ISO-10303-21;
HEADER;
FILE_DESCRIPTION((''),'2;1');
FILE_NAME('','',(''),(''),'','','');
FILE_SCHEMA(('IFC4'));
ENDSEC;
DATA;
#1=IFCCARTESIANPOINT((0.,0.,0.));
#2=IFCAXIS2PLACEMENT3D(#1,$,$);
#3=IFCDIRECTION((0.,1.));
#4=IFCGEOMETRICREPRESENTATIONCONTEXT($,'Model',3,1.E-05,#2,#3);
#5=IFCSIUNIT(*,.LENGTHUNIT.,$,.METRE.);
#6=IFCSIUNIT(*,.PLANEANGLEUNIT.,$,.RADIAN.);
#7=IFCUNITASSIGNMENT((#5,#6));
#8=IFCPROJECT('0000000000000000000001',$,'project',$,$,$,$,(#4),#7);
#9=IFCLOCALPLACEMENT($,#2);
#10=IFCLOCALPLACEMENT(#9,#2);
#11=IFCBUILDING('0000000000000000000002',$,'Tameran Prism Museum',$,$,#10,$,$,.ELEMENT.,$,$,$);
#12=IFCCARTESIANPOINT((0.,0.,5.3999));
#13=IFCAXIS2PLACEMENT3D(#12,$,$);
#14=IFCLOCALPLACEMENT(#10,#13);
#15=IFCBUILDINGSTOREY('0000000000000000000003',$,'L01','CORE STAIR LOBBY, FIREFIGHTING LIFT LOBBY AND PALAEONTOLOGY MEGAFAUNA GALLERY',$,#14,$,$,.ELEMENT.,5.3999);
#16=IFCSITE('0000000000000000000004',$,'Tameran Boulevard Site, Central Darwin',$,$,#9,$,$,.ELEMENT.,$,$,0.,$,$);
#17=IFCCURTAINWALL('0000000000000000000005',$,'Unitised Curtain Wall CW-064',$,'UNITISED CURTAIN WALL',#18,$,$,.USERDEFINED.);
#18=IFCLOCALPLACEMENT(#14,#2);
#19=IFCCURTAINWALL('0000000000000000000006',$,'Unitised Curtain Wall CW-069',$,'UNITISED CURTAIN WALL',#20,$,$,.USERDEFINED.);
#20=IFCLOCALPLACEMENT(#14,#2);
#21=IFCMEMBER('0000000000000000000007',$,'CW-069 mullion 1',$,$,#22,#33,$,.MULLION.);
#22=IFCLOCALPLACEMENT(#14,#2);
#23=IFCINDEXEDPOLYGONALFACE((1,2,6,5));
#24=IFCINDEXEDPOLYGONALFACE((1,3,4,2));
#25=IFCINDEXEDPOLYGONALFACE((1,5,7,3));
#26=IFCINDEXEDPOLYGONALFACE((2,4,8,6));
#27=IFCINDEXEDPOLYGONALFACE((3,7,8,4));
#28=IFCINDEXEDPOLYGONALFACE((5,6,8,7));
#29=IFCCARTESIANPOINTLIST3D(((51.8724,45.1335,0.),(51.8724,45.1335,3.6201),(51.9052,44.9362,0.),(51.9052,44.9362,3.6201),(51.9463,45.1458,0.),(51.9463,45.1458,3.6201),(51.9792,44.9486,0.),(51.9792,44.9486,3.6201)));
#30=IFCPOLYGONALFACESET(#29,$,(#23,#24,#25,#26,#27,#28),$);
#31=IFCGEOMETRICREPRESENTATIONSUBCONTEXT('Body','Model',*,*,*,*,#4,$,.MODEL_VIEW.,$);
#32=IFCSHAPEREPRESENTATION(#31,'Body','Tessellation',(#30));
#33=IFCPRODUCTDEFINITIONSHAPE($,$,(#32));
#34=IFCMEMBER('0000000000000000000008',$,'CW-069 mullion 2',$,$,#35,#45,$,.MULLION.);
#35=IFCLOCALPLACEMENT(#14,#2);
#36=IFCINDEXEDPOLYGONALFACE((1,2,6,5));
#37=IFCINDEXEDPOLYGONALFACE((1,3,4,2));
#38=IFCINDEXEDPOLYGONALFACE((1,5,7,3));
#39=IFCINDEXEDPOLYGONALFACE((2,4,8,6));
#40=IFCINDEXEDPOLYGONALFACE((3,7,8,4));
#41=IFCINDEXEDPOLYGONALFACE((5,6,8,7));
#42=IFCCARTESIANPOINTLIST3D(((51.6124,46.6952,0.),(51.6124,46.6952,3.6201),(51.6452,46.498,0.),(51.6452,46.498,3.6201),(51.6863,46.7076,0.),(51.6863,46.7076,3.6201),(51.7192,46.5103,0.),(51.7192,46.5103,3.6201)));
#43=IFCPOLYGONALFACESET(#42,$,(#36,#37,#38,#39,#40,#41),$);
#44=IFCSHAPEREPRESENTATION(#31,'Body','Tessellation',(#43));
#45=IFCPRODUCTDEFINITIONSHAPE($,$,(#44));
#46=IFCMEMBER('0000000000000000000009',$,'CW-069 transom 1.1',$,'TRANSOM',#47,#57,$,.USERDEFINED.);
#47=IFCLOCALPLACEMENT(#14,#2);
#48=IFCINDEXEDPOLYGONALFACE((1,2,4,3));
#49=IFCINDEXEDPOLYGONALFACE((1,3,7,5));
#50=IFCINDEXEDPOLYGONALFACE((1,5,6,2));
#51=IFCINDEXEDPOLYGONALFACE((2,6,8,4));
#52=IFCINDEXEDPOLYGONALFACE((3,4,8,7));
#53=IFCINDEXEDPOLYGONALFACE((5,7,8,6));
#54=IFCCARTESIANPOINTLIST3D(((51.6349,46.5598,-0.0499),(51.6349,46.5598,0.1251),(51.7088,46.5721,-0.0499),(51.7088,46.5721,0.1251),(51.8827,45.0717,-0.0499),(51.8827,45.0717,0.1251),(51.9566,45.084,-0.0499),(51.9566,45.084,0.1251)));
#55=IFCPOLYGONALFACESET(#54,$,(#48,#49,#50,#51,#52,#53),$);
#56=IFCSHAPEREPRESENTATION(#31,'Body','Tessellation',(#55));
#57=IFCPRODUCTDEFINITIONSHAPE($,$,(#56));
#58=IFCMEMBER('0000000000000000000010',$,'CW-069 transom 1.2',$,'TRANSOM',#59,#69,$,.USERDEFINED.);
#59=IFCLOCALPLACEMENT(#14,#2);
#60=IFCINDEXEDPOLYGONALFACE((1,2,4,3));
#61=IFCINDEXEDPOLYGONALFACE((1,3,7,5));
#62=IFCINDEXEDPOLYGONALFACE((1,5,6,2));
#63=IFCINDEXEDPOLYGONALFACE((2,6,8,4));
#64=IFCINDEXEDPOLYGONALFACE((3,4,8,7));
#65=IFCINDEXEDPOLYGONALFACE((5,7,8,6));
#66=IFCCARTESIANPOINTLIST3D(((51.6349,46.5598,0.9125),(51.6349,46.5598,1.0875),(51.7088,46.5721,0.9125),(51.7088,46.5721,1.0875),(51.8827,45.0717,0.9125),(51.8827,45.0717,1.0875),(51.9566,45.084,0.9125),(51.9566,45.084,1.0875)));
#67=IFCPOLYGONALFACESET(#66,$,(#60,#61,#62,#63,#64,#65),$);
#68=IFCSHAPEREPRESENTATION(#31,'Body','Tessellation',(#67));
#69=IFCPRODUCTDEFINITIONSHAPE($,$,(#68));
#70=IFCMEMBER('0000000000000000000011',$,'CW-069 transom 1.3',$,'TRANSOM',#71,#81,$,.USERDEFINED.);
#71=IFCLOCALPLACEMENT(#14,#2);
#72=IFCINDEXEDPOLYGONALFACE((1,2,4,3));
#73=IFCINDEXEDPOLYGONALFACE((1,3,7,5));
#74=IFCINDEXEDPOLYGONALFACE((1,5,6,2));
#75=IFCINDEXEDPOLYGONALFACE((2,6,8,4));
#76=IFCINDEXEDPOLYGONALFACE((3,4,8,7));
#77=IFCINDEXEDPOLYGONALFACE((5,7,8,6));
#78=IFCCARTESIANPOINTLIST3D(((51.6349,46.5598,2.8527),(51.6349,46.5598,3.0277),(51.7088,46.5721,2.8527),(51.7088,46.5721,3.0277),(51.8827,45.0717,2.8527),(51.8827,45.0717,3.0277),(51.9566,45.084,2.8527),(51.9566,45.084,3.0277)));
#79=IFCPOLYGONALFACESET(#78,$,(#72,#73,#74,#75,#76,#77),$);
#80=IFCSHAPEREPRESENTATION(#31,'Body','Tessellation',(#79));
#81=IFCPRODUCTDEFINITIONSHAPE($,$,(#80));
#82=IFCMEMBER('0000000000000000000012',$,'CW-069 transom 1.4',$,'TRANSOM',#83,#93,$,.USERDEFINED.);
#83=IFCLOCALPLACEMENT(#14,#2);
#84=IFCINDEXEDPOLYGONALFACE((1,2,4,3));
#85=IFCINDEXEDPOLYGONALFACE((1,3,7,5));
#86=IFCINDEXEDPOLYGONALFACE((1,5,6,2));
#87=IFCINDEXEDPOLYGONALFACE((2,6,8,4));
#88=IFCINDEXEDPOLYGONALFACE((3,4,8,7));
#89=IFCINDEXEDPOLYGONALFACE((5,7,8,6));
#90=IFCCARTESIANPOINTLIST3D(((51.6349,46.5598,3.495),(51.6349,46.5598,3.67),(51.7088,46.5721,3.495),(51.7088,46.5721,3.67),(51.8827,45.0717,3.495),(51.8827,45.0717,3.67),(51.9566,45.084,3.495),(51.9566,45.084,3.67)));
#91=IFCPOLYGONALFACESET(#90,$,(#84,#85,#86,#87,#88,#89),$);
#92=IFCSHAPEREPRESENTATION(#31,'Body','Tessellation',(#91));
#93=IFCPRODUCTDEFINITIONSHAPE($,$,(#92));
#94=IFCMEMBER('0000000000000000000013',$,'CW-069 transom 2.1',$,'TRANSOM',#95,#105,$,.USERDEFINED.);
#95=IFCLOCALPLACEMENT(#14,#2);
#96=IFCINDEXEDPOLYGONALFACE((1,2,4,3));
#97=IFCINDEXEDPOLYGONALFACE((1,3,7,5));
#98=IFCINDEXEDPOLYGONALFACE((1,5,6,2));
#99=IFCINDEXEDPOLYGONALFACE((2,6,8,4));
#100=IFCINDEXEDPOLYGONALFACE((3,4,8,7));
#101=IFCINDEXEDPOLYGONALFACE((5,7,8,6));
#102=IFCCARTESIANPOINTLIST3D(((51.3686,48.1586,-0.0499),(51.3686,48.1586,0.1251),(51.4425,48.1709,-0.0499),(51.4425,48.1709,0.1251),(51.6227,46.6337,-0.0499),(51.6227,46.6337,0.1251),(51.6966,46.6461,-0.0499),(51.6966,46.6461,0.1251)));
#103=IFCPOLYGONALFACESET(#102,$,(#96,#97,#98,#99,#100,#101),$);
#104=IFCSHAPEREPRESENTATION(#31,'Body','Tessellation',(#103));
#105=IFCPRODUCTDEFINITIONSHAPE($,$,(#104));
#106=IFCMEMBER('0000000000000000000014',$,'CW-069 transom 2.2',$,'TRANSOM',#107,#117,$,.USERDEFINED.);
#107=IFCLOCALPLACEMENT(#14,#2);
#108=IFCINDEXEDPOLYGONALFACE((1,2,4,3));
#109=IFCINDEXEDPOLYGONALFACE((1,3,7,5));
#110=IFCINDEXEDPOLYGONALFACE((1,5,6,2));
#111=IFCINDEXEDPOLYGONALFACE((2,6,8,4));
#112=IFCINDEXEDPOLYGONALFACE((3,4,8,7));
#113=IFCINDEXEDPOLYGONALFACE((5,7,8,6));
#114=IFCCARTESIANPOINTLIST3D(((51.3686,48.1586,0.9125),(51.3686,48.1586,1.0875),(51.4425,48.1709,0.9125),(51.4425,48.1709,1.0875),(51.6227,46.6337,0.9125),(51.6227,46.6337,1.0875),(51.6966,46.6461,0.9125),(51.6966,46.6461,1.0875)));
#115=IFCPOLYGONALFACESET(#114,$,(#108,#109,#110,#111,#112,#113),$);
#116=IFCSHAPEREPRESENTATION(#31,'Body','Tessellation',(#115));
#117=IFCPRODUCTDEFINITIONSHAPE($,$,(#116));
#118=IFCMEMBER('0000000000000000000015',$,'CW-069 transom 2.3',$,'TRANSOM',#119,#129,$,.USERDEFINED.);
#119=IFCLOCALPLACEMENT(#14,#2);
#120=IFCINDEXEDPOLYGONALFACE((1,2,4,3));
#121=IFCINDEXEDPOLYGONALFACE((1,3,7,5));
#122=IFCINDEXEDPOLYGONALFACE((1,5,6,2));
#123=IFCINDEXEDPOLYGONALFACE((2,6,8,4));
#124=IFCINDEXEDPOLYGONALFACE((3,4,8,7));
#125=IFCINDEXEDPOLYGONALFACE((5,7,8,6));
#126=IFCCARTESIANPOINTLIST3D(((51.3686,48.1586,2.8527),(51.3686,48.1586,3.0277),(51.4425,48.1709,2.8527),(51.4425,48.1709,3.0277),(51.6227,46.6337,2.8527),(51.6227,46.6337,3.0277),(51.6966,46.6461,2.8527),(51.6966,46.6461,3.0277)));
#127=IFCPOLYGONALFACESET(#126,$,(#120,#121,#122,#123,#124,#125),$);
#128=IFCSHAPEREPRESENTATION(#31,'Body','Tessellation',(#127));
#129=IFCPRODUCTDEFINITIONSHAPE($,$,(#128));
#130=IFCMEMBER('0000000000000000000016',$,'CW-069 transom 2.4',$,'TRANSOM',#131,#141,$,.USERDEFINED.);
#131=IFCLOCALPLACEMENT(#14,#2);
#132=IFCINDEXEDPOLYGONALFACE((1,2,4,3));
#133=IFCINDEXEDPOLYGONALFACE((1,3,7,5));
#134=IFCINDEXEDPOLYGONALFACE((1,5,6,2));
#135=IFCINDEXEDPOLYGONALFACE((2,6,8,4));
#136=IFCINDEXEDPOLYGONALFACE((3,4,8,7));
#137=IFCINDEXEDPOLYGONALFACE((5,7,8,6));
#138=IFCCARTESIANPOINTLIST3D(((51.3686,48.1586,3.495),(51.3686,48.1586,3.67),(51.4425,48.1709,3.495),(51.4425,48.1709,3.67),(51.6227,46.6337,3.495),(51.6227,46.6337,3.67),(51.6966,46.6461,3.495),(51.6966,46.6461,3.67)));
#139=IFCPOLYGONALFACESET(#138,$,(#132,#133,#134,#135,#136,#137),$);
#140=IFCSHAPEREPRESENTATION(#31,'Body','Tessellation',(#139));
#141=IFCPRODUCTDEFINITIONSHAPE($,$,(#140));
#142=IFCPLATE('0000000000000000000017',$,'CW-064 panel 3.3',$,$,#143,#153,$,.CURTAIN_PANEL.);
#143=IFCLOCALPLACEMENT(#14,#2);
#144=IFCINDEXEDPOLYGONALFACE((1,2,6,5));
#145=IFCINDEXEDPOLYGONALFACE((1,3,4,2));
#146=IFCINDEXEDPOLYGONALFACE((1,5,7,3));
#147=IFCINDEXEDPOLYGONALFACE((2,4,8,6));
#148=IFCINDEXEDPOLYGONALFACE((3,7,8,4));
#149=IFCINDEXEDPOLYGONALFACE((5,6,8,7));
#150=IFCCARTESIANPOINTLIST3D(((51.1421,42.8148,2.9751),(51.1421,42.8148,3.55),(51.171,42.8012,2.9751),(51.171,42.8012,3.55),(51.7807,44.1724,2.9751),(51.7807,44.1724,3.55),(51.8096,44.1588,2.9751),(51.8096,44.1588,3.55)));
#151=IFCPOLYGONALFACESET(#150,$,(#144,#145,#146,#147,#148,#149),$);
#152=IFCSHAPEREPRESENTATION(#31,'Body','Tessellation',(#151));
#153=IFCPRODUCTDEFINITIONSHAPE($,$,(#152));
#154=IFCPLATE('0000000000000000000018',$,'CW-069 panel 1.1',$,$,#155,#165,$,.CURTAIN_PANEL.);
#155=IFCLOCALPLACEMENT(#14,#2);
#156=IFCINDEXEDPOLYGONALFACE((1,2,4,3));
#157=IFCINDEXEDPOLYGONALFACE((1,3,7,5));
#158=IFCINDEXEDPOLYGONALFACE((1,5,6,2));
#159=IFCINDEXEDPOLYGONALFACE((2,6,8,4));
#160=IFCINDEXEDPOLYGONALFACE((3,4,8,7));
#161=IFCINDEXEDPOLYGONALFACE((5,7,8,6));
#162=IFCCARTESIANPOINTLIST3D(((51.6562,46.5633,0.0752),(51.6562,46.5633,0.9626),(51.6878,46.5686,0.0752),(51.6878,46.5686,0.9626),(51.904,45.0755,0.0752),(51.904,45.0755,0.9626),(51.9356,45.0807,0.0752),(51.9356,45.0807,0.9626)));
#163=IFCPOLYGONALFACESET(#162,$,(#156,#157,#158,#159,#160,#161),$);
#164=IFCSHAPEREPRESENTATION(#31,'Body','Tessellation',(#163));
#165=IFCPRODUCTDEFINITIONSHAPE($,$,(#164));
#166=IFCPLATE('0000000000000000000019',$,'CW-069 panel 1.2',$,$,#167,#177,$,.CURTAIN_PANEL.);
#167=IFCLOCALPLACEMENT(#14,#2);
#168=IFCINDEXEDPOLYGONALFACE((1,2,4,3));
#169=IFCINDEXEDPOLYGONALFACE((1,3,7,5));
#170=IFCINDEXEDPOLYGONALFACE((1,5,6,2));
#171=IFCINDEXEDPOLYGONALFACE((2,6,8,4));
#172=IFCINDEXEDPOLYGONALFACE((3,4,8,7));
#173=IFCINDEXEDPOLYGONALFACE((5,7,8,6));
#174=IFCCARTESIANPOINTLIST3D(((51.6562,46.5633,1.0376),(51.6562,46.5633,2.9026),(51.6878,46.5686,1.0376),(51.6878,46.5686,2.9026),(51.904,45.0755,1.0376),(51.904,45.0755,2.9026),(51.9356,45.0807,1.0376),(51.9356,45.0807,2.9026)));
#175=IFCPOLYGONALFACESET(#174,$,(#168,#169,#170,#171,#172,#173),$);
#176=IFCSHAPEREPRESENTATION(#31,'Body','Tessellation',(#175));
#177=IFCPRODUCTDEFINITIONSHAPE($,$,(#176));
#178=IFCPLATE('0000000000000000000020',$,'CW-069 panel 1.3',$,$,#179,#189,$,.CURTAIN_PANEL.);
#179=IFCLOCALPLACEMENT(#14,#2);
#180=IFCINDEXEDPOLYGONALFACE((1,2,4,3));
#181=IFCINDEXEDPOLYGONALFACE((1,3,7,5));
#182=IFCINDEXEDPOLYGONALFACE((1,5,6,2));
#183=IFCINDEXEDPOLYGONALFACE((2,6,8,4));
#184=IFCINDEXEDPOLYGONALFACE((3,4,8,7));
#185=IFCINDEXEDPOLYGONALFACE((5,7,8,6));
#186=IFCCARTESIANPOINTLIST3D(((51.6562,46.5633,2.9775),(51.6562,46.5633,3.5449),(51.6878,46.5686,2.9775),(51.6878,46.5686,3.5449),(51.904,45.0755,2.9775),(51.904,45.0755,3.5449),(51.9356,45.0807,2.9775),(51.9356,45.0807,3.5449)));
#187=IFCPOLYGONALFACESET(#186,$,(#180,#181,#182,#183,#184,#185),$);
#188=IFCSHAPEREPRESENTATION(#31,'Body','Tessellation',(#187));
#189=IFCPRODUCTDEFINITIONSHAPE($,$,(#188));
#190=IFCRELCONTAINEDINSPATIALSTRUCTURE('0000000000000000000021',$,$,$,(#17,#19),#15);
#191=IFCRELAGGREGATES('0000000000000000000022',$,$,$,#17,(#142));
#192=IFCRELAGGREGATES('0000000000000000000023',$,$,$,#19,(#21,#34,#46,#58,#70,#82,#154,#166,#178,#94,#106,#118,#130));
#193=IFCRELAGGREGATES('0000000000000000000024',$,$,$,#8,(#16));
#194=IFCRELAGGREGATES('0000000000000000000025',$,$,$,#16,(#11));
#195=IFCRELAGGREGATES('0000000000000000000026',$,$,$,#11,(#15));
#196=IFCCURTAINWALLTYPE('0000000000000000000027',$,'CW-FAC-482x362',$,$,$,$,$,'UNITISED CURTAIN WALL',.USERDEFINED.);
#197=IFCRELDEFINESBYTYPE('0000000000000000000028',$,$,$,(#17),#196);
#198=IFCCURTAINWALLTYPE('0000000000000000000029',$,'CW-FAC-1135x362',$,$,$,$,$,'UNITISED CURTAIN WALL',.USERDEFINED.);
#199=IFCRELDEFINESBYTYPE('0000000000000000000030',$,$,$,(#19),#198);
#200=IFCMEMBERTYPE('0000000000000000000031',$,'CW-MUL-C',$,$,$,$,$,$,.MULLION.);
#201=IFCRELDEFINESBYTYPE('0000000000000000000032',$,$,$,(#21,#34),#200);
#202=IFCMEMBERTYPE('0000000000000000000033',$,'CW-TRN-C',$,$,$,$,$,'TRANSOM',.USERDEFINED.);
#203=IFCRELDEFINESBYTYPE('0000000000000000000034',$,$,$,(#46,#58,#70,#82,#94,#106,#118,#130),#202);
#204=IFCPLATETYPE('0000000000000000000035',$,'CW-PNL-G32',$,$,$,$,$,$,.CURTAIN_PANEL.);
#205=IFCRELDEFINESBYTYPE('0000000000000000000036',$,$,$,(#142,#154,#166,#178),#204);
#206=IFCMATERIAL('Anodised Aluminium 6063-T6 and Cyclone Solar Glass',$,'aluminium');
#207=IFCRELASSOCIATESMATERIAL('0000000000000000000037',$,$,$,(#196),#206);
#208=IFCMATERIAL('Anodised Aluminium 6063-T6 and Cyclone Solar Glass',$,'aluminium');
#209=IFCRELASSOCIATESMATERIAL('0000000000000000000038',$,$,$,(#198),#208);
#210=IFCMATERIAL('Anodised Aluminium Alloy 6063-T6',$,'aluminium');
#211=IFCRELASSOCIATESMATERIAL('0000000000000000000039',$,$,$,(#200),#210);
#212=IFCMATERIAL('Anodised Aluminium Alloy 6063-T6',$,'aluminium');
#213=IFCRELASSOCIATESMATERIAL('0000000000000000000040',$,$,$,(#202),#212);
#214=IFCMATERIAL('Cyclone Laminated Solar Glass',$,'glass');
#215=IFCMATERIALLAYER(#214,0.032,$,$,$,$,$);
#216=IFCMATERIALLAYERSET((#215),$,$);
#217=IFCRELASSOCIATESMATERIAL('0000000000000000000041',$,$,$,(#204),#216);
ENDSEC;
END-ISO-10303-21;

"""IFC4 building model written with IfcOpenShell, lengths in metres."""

from ifc_helpers import new_model, si_unit, direction, frame, origin, origin_2d, place, context, subcontext, project, spatial, rectangle, extrude, material, layer, layer_set, material_profile, profile_set, type_object, element, aggregate, save


model = new_model("IFC4")

# Units and contexts
model_context = context("Model", 3, precision=1e-05, world=origin(), true_north=direction((0.0, 1.0)))
body_context = subcontext(model_context, "Body", "Model", "MODEL_VIEW")
ifc_project = project(units=[si_unit("LENGTHUNIT", "METRE"), si_unit("PLANEANGLEUNIT", "RADIAN")], contexts=[model_context])

# Site, building, storey
site_placement = place(None, origin())
site = spatial("IfcSite", under=ifc_project, at=site_placement, Name="Tameran Boulevard Site, Central Darwin", CompositionType="ELEMENT", RefElevation=0.0)
building_placement = place(site_placement, origin())
building = spatial("IfcBuilding", under=site, at=building_placement, Name="Tameran Prism Museum", CompositionType="ELEMENT")
storey_placement = place(building_placement, frame((0.0, 0.0, 5.3999)))
storey = spatial("IfcBuildingStorey", under=building, at=storey_placement, Name="L01", Description="CORE STAIR LOBBY, FIREFIGHTING LIFT LOBBY AND PALAEONTOLOGY MEGAFAUNA GALLERY", CompositionType="ELEMENT", Elevation=5.3999)

# Curtain wall
ifc_material_1 = material(Name="Anodised Aluminium 6063-T6 and Cyclone Solar Glass", Category="aluminium")
curtain_wall_type_1 = type_object("IfcCurtainWallType", Name="CW-FAC-482x362", ElementType="UNITISED CURTAIN WALL", PredefinedType="USERDEFINED", material=ifc_material_1)
curtain_wall_1_placement = place(storey_placement, origin())
curtain_wall_1 = element("IfcCurtainWall", 1, at=curtain_wall_1_placement, inside=storey, type_object=curtain_wall_type_1, Name="Unitised Curtain Wall CW-064", ObjectType="UNITISED CURTAIN WALL", PredefinedType="USERDEFINED")

# Curtain wall, members
ifc_material_2 = material(Name="Anodised Aluminium 6063-T6 and Cyclone Solar Glass", Category="aluminium")
curtain_wall_type_2 = type_object("IfcCurtainWallType", Name="CW-FAC-1135x362", ElementType="UNITISED CURTAIN WALL", PredefinedType="USERDEFINED", material=ifc_material_2)
curtain_wall_2_placement = place(storey_placement, origin())
curtain_wall_2 = element("IfcCurtainWall", 2, at=curtain_wall_2_placement, inside=storey, type_object=curtain_wall_type_2, Name="Unitised Curtain Wall CW-069", ObjectType="UNITISED CURTAIN WALL", PredefinedType="USERDEFINED")
ifc_material_3 = material(Name="Anodised Aluminium Alloy 6063-T6", Category="aluminium")
ifc_material_profile_1 = material_profile(ifc_material_3, rectangle(XDim=0.075, YDim=0.2, at=origin_2d()))
ifc_profile_set_1 = profile_set([ifc_material_profile_1])
member_type_1 = type_object("IfcMemberType", Name="CW-MUL-C", PredefinedType="MULLION", material=ifc_profile_set_1)
member_1_placement = place(storey_placement, frame((51.9258, 45.041, 0.0), z_axis=(0.0, 0.0, 1.0), x_axis=(-0.986413, -0.164285, 0.0)))
member_1 = element("IfcMember", 3, at=member_1_placement, type_object=member_type_1, Name="CW-069 mullion 1", PredefinedType="MULLION", context=body_context, shape_type="SweptSolid", body=[
    extrude(rectangle(XDim=0.075, YDim=0.2, at=origin_2d()), origin(), (0.0, 0.0, 1.0), 3.6201),
])
member_2_placement = place(storey_placement, frame((51.6658, 46.6028, 0.0), z_axis=(0.0, 0.0, 1.0), x_axis=(-0.986413, -0.164285, 0.0)))
member_2 = element("IfcMember", 4, at=member_2_placement, type_object=member_type_1, Name="CW-069 mullion 2", PredefinedType="MULLION", context=body_context, shape_type="SweptSolid", body=[
    extrude(rectangle(XDim=0.075, YDim=0.2, at=origin_2d()), origin(), (0.0, 0.0, 1.0), 3.6201),
])
ifc_material_4 = material(Name="Anodised Aluminium Alloy 6063-T6", Category="aluminium")
ifc_material_profile_2 = material_profile(ifc_material_4, rectangle(XDim=0.075, YDim=0.175, at=origin_2d()))
ifc_profile_set_2 = profile_set([ifc_material_profile_2])
member_type_2 = type_object("IfcMemberType", Name="CW-TRN-C", ElementType="TRANSOM", PredefinedType="USERDEFINED", material=ifc_profile_set_2)
member_3_placement = place(storey_placement, frame((51.9197, 45.0779, 0.0376), z_axis=(-0.164268, 0.986416, 0.0), x_axis=(-0.986416, -0.164268, 0.0)))
member_3 = element("IfcMember", 5, at=member_3_placement, type_object=member_type_2, Name="CW-069 transom 1.1", ObjectType="TRANSOM", PredefinedType="USERDEFINED", context=body_context, shape_type="SweptSolid", body=[
    extrude(rectangle(XDim=0.075, YDim=0.175, at=origin_2d()), origin(), (0.0, 0.0, 1.0), 1.5085),
])
member_4_placement = place(storey_placement, frame((51.9197, 45.0779, 1.0), z_axis=(-0.164268, 0.986416, 0.0), x_axis=(-0.986416, -0.164268, 0.0)))
member_4 = element("IfcMember", 6, at=member_4_placement, type_object=member_type_2, Name="CW-069 transom 1.2", ObjectType="TRANSOM", PredefinedType="USERDEFINED", context=body_context, shape_type="SweptSolid", body=[
    extrude(rectangle(XDim=0.075, YDim=0.175, at=origin_2d()), origin(), (0.0, 0.0, 1.0), 1.5085),
])
member_5_placement = place(storey_placement, frame((51.9197, 45.0779, 2.9402), z_axis=(-0.164268, 0.986416, 0.0), x_axis=(-0.986416, -0.164268, 0.0)))
member_5 = element("IfcMember", 7, at=member_5_placement, type_object=member_type_2, Name="CW-069 transom 1.3", ObjectType="TRANSOM", PredefinedType="USERDEFINED", context=body_context, shape_type="SweptSolid", body=[
    extrude(rectangle(XDim=0.075, YDim=0.175, at=origin_2d()), origin(), (0.0, 0.0, 1.0), 1.5085),
])
member_6_placement = place(storey_placement, frame((51.9197, 45.0779, 3.5825), z_axis=(-0.164268, 0.986416, 0.0), x_axis=(-0.986416, -0.164268, 0.0)))
member_6 = element("IfcMember", 8, at=member_6_placement, type_object=member_type_2, Name="CW-069 transom 1.4", ObjectType="TRANSOM", PredefinedType="USERDEFINED", context=body_context, shape_type="SweptSolid", body=[
    extrude(rectangle(XDim=0.075, YDim=0.175, at=origin_2d()), origin(), (0.0, 0.0, 1.0), 1.5085),
])
member_7_placement = place(storey_placement, frame((51.6597, 46.6399, 0.0376), z_axis=(-0.164399, 0.986394, 0.0), x_axis=(-0.986394, -0.164399, 0.0)))
member_7 = element("IfcMember", 9, at=member_7_placement, type_object=member_type_2, Name="CW-069 transom 2.1", ObjectType="TRANSOM", PredefinedType="USERDEFINED", context=body_context, shape_type="SweptSolid", body=[
    extrude(rectangle(XDim=0.075, YDim=0.175, at=origin_2d()), origin(), (0.0, 0.0, 1.0), 1.5459),
])
member_8_placement = place(storey_placement, frame((51.6597, 46.6399, 1.0), z_axis=(-0.164399, 0.986394, 0.0), x_axis=(-0.986394, -0.164399, 0.0)))
member_8 = element("IfcMember", 10, at=member_8_placement, type_object=member_type_2, Name="CW-069 transom 2.2", ObjectType="TRANSOM", PredefinedType="USERDEFINED", context=body_context, shape_type="SweptSolid", body=[
    extrude(rectangle(XDim=0.075, YDim=0.175, at=origin_2d()), origin(), (0.0, 0.0, 1.0), 1.5459),
])
member_9_placement = place(storey_placement, frame((51.6597, 46.6399, 2.9402), z_axis=(-0.164399, 0.986394, 0.0), x_axis=(-0.986394, -0.164399, 0.0)))
member_9 = element("IfcMember", 11, at=member_9_placement, type_object=member_type_2, Name="CW-069 transom 2.3", ObjectType="TRANSOM", PredefinedType="USERDEFINED", context=body_context, shape_type="SweptSolid", body=[
    extrude(rectangle(XDim=0.075, YDim=0.175, at=origin_2d()), origin(), (0.0, 0.0, 1.0), 1.5459),
])
member_10_placement = place(storey_placement, frame((51.6597, 46.6399, 3.5825), z_axis=(-0.164399, 0.986394, 0.0), x_axis=(-0.986394, -0.164399, 0.0)))
member_10 = element("IfcMember", 12, at=member_10_placement, type_object=member_type_2, Name="CW-069 transom 2.4", ObjectType="TRANSOM", PredefinedType="USERDEFINED", context=body_context, shape_type="SweptSolid", body=[
    extrude(rectangle(XDim=0.075, YDim=0.175, at=origin_2d()), origin(), (0.0, 0.0, 1.0), 1.5459),
])

# Plates
ifc_material_5 = material(Name="Cyclone Laminated Solar Glass", Category="glass")
ifc_layer_1 = layer(ifc_material_5, 0.032)
ifc_layer_set_1 = layer_set([ifc_layer_1])
plate_type = type_object("IfcPlateType", Name="CW-PNL-G32", PredefinedType="CURTAIN_PANEL", material=ifc_layer_set_1)
plate_1_placement = place(storey_placement, frame((51.4758, 43.4868, 2.9751), z_axis=(0.0, 0.0, 1.0), x_axis=(0.425657, 0.904885, 0.0)))
plate_1 = element("IfcPlate", 13, at=plate_1_placement, type_object=plate_type, Name="CW-064 panel 3.3", PredefinedType="CURTAIN_PANEL", context=body_context, shape_type="SweptSolid", body=[
    extrude(rectangle(XDim=1.5002, YDim=0.032, at=origin_2d()), origin(), (0.0, 0.0, 1.0), 0.575),
])
aggregate(curtain_wall_1, [plate_1])
plate_2_placement = place(storey_placement, frame((51.7959, 45.822, 0.0752), z_axis=(0.0, 0.0, 1.0), x_axis=(-0.164285, 0.986413, 0.0)))
plate_2 = element("IfcPlate", 14, at=plate_2_placement, type_object=plate_type, Name="CW-069 panel 1.1", PredefinedType="CURTAIN_PANEL", context=body_context, shape_type="SweptSolid", body=[
    extrude(rectangle(XDim=1.5083, YDim=0.032, at=origin_2d()), origin(), (0.0, 0.0, 1.0), 0.8875),
])
plate_3_placement = place(storey_placement, frame((51.7959, 45.822, 1.0376), z_axis=(0.0, 0.0, 1.0), x_axis=(-0.164285, 0.986413, 0.0)))
plate_3 = element("IfcPlate", 15, at=plate_3_placement, type_object=plate_type, Name="CW-069 panel 1.2", PredefinedType="CURTAIN_PANEL", context=body_context, shape_type="SweptSolid", body=[
    extrude(rectangle(XDim=1.5083, YDim=0.032, at=origin_2d()), origin(), (0.0, 0.0, 1.0), 1.865),
])
plate_4_placement = place(storey_placement, frame((51.7959, 45.822, 2.9775), z_axis=(0.0, 0.0, 1.0), x_axis=(-0.164285, 0.986413, 0.0)))
plate_4 = element("IfcPlate", 16, at=plate_4_placement, type_object=plate_type, Name="CW-069 panel 1.3", PredefinedType="CURTAIN_PANEL", context=body_context, shape_type="SweptSolid", body=[
    extrude(rectangle(XDim=1.5083, YDim=0.032, at=origin_2d()), origin(), (0.0, 0.0, 1.0), 0.5674),
])
aggregate(curtain_wall_2, [member_1, member_2, member_3, member_4, member_5, member_6, plate_2, plate_3, plate_4, member_7, member_8, member_9, member_10])

save(model, "model.ifc")
